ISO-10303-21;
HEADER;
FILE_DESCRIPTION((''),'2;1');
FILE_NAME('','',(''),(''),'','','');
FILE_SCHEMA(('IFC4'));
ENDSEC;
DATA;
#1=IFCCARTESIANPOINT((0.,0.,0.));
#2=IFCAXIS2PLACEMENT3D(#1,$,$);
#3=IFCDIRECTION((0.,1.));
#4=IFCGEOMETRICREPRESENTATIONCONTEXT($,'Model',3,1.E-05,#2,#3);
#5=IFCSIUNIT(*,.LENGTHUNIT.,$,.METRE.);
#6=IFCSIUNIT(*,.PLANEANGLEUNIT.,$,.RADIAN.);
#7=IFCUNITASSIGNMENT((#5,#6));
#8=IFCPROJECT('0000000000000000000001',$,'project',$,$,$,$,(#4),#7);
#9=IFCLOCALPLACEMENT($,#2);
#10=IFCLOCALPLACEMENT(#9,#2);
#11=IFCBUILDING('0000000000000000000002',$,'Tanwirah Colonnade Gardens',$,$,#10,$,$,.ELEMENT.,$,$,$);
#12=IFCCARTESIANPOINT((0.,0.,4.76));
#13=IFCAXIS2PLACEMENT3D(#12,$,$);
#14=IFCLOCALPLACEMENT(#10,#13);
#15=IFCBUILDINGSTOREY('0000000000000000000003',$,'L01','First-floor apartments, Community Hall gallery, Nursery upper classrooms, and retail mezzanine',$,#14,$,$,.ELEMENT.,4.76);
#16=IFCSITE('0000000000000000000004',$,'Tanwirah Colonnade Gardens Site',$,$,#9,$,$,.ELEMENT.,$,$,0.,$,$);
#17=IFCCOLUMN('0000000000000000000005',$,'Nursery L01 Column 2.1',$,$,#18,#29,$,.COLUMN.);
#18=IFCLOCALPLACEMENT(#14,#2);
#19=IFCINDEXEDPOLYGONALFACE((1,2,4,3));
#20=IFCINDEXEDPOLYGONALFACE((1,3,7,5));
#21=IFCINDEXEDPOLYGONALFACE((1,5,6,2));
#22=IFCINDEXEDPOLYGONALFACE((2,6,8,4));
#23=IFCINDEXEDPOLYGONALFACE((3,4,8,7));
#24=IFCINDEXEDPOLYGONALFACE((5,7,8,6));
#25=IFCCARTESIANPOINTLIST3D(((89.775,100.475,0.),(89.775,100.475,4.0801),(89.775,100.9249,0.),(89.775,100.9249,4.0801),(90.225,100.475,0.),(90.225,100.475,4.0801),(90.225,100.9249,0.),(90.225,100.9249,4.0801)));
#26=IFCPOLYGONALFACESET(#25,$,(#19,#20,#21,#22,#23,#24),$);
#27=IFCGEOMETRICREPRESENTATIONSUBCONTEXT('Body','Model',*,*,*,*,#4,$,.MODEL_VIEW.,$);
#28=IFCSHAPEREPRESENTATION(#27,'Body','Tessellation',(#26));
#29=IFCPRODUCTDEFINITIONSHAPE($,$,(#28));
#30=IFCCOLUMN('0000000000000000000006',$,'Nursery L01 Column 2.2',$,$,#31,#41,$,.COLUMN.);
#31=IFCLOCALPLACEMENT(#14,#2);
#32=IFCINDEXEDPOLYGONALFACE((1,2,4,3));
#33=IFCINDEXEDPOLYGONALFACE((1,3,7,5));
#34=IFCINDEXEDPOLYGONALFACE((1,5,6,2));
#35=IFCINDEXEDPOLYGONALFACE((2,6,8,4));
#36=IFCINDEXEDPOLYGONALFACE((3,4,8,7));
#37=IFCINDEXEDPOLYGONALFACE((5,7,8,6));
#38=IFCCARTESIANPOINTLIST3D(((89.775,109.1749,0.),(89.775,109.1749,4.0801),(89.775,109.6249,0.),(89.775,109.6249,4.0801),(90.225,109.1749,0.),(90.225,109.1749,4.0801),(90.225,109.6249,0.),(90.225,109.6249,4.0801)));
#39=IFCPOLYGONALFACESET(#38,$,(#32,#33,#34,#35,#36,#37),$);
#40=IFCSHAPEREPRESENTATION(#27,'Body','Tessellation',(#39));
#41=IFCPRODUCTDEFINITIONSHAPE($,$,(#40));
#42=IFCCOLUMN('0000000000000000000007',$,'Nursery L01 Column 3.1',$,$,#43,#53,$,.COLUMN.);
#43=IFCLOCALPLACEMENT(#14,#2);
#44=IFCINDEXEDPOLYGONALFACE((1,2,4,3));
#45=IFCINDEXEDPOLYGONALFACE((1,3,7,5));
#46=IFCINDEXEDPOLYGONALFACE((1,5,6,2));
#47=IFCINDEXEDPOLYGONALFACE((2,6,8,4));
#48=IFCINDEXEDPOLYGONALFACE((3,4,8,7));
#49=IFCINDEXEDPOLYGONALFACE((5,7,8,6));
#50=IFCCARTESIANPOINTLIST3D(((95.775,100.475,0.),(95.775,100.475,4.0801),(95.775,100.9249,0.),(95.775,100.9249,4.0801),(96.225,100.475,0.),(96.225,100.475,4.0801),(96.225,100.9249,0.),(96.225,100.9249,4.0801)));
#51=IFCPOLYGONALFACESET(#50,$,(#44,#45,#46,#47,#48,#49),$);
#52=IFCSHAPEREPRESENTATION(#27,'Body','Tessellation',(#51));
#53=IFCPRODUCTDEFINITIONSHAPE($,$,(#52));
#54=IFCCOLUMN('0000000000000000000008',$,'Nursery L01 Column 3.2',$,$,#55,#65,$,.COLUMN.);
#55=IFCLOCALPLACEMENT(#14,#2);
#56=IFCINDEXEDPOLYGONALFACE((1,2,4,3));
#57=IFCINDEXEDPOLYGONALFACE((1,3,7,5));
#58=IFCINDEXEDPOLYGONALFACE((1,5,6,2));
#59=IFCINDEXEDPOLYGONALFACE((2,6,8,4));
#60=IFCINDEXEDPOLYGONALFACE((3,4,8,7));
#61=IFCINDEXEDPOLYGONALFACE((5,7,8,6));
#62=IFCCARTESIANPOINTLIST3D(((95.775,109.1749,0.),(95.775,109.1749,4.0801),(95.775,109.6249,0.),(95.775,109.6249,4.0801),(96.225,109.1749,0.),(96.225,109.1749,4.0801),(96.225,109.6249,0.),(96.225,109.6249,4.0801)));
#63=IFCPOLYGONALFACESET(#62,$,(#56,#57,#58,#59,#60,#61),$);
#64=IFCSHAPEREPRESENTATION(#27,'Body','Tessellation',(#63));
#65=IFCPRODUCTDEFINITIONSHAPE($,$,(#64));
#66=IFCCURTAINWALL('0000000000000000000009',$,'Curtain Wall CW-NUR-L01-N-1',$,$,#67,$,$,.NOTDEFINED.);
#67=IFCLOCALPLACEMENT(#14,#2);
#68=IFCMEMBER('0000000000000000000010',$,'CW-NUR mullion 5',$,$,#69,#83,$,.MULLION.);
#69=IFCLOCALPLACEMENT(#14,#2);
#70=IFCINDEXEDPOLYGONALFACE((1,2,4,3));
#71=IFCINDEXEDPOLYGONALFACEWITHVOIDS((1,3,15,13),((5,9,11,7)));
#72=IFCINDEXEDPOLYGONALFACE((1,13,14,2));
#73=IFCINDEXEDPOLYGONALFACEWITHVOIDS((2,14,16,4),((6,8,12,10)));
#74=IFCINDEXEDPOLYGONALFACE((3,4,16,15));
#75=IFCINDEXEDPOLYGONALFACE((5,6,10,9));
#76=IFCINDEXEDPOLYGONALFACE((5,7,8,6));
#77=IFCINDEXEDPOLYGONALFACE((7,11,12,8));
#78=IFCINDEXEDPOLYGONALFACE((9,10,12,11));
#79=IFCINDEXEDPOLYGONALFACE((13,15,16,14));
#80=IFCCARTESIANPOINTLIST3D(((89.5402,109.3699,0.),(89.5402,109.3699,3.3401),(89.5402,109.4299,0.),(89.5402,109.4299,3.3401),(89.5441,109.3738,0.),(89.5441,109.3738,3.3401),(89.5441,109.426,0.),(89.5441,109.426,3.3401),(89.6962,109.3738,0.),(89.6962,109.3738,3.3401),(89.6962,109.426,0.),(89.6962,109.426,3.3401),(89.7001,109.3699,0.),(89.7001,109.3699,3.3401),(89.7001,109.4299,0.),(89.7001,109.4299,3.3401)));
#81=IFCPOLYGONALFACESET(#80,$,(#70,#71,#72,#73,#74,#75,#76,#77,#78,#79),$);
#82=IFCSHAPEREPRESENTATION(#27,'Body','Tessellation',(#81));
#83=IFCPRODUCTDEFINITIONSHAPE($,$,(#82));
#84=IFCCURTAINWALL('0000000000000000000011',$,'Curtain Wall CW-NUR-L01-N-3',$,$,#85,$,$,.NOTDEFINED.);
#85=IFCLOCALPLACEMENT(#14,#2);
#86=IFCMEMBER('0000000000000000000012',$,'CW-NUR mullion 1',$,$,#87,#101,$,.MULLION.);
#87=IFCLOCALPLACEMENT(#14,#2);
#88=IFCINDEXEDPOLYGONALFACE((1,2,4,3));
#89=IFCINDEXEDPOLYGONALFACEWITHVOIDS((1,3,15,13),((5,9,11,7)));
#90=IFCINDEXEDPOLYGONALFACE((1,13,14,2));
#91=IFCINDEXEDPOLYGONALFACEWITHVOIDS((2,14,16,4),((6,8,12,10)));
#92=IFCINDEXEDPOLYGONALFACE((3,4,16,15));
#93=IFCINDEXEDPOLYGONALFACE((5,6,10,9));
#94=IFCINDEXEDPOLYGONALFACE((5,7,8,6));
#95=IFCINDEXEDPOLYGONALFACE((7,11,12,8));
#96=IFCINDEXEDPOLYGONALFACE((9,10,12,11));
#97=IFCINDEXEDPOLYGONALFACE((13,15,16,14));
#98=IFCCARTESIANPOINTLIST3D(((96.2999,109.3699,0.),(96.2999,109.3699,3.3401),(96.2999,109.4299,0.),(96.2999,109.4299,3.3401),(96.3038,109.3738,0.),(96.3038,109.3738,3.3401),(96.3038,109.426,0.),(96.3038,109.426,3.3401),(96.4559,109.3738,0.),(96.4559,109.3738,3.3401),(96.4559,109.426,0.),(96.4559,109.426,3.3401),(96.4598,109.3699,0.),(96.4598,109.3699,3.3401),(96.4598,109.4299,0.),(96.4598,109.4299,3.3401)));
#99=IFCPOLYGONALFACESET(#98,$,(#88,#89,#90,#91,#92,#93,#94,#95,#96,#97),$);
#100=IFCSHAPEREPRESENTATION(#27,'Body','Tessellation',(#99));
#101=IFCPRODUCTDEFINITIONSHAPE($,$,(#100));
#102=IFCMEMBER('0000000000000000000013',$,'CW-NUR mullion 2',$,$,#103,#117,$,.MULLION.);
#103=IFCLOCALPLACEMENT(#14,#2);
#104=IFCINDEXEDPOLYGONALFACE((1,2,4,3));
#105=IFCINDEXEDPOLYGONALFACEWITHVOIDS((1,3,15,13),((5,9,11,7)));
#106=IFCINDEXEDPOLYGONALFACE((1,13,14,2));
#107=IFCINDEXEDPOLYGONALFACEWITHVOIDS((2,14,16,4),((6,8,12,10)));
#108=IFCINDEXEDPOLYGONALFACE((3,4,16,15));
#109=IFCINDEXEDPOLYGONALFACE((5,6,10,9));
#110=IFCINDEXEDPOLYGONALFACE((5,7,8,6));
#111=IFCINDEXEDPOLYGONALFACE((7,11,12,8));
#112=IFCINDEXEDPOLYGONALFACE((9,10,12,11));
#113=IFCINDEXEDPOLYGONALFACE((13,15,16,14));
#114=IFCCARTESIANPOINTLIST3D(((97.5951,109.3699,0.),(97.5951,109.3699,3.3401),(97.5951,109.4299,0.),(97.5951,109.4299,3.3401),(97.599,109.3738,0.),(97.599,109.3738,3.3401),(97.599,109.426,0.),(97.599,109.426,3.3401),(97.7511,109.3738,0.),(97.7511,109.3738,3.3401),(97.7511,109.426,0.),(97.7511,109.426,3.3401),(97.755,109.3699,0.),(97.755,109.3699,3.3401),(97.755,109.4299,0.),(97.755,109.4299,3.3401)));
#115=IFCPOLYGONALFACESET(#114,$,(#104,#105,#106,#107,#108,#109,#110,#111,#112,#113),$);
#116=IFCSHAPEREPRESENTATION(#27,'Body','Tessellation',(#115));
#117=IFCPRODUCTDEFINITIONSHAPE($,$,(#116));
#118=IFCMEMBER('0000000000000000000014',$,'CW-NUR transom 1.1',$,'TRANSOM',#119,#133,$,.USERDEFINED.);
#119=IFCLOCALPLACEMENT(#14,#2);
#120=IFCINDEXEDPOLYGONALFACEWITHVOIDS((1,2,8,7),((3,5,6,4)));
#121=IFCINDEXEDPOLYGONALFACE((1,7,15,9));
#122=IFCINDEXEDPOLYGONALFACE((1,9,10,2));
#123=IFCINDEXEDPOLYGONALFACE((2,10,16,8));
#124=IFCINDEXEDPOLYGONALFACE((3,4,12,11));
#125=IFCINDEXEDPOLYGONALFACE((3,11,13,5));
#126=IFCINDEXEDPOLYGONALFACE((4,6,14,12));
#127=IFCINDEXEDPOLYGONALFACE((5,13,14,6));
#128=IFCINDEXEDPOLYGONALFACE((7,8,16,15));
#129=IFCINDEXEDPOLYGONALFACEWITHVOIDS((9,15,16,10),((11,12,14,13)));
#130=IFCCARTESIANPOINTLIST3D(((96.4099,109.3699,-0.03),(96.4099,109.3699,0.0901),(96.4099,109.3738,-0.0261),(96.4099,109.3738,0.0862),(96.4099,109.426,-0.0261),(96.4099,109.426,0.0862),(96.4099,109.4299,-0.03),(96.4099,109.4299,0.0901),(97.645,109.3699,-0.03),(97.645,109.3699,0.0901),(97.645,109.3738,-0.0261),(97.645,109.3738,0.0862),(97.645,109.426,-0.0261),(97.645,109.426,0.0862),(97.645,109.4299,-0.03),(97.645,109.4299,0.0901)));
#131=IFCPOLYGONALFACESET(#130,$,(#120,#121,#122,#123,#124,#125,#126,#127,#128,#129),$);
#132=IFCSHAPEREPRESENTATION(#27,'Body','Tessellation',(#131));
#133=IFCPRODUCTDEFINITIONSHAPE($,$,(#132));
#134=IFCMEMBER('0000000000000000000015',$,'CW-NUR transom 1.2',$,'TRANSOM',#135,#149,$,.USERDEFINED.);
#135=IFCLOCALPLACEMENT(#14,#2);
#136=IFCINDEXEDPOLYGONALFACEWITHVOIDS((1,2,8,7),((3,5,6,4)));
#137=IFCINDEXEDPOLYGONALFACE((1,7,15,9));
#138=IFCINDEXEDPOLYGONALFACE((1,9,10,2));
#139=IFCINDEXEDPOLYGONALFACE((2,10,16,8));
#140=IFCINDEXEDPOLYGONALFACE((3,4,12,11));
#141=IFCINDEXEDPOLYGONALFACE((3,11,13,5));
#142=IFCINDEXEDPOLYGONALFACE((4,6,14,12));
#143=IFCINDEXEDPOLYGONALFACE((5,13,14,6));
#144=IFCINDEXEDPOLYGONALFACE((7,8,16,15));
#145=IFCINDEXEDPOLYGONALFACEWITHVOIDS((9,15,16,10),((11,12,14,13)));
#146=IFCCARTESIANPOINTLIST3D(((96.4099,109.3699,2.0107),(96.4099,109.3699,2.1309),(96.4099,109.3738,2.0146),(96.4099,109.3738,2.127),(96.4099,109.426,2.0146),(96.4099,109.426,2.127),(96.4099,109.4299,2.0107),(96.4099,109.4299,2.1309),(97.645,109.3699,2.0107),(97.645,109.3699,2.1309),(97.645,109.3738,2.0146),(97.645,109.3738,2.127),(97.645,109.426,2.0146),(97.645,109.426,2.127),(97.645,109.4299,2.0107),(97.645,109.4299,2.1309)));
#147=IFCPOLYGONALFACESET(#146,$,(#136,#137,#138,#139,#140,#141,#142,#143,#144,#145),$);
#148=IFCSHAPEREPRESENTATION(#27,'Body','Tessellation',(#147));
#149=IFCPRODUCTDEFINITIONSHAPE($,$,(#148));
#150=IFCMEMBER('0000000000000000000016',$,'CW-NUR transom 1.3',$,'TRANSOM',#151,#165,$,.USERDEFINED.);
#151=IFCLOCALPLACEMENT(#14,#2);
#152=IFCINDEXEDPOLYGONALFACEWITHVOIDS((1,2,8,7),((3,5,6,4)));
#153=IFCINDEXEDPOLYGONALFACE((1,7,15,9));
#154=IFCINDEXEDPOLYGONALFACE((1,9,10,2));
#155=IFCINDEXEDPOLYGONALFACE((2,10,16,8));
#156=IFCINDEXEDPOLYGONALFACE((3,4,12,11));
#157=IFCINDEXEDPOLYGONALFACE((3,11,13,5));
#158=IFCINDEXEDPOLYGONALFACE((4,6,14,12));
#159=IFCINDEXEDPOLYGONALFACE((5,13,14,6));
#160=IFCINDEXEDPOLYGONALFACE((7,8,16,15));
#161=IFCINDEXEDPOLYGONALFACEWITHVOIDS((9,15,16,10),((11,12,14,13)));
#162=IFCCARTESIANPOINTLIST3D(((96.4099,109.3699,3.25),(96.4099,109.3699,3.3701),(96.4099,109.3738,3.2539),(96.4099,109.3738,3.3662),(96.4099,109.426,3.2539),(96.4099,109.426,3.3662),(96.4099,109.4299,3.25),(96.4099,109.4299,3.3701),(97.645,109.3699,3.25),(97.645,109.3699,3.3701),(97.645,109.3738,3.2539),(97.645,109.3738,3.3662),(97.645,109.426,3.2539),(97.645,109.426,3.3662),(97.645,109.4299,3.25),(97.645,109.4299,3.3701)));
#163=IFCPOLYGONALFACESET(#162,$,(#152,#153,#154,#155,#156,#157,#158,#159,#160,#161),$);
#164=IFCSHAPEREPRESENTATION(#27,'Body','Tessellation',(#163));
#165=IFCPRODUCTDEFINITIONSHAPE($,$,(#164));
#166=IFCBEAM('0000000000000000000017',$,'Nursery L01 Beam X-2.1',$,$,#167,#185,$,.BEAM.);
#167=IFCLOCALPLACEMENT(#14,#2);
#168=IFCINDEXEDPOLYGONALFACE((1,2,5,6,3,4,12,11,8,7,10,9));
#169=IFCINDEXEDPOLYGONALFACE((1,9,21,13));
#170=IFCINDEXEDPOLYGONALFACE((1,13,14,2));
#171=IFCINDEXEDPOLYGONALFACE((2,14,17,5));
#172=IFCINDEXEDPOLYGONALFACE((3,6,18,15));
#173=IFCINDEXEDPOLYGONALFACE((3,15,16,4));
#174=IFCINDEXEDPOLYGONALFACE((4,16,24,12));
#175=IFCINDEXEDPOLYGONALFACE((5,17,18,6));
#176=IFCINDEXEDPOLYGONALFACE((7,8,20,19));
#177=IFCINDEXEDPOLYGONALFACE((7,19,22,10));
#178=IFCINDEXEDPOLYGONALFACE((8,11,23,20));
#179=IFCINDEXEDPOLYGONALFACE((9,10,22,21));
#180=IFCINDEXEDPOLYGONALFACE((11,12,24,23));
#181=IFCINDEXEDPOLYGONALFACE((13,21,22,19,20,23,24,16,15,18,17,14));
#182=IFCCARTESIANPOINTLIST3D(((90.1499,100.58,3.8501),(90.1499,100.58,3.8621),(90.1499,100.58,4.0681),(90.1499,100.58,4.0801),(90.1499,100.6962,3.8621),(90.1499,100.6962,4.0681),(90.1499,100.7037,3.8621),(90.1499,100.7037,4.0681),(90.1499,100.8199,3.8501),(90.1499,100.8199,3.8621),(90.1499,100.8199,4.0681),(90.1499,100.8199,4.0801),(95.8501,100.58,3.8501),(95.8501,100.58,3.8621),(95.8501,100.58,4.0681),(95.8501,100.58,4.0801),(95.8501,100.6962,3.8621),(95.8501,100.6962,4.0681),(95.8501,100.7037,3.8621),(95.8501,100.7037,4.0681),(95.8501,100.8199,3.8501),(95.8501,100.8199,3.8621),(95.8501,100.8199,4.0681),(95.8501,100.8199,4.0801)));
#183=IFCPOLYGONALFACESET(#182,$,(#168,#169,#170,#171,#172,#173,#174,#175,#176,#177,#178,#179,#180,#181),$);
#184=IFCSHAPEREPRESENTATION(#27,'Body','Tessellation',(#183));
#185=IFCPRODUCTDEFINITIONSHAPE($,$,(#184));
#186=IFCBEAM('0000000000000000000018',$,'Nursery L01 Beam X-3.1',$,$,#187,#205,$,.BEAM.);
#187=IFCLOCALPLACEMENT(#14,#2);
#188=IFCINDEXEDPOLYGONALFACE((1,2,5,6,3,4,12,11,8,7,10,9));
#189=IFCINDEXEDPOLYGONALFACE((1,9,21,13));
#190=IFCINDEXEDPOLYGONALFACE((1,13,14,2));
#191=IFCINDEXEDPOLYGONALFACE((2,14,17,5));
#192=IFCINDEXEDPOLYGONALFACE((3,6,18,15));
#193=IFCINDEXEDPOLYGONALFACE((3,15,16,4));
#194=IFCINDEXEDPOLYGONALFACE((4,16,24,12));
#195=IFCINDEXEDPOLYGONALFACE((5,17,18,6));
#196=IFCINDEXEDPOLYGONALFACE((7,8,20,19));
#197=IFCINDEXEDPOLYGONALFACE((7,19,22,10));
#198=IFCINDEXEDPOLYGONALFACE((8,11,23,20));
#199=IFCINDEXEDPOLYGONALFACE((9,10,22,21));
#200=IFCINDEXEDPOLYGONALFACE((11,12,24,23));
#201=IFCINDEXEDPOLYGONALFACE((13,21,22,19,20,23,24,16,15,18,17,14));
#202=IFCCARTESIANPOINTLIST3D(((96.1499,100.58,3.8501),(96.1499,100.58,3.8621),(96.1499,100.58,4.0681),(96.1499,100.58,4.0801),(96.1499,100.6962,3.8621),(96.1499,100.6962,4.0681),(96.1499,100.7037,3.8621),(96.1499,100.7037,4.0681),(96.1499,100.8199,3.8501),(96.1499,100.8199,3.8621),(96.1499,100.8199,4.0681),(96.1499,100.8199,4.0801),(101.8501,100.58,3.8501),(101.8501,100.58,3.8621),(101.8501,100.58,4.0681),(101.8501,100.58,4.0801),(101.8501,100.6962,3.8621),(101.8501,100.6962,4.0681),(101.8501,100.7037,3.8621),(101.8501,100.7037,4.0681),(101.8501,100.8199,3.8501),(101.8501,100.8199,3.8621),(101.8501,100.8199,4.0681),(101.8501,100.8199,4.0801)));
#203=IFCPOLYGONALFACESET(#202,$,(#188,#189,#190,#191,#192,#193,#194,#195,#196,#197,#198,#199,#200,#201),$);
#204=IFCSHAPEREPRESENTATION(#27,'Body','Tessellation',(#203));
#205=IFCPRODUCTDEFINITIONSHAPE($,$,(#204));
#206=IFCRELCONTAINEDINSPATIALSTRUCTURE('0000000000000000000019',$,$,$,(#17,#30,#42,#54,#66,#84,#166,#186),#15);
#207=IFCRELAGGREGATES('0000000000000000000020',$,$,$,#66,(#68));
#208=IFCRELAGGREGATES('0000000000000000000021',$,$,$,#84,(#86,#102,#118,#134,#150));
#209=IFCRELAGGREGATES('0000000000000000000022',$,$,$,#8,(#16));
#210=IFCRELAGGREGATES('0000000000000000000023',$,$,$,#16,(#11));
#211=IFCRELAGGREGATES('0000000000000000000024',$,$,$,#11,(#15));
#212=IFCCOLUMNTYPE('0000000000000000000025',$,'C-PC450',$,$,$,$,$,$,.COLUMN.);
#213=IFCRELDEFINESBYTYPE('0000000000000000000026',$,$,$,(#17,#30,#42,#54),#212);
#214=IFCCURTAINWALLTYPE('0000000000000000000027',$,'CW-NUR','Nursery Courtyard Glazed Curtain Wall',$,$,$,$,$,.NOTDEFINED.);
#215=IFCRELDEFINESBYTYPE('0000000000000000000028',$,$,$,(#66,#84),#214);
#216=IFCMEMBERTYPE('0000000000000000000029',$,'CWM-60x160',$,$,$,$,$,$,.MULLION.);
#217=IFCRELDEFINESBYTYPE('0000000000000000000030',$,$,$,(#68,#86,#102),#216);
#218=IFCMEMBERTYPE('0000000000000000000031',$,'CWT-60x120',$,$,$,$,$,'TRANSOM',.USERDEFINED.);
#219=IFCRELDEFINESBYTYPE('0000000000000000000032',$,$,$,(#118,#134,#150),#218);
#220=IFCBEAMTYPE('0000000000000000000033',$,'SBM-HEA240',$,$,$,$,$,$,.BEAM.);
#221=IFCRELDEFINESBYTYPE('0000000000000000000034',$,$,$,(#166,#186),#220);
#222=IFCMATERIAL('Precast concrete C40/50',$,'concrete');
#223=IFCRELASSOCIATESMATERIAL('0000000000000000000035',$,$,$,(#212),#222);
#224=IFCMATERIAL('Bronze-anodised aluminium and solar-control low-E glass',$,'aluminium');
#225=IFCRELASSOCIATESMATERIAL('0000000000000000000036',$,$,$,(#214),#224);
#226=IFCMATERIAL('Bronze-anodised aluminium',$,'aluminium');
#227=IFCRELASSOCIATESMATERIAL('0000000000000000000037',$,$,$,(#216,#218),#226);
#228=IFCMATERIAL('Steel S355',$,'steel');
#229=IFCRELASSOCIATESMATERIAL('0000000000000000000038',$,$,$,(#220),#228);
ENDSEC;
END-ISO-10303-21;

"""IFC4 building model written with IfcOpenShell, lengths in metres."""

from ifc_helpers import new_model, si_unit, direction, frame, origin, origin_2d, place, context, subcontext, project, spatial, rectangle, hollow_rectangle, i_section, extrude, material, material_profile, profile_set, type_object, element, aggregate, save


model = new_model("IFC4")

# Units and contexts
model_context = context("Model", 3, precision=1e-05, world=origin(), true_north=direction((0.0, 1.0)))
body_context = subcontext(model_context, "Body", "Model", "MODEL_VIEW")
ifc_project = project(units=[si_unit("LENGTHUNIT", "METRE"), si_unit("PLANEANGLEUNIT", "RADIAN")], contexts=[model_context])

# Site, building, storey
site_placement = place(None, origin())
site = spatial("IfcSite", under=ifc_project, at=site_placement, Name="Tanwirah Colonnade Gardens Site", CompositionType="ELEMENT", RefElevation=0.0)
building_placement = place(site_placement, origin())
building = spatial("IfcBuilding", under=site, at=building_placement, Name="Tanwirah Colonnade Gardens", CompositionType="ELEMENT")
storey_placement = place(building_placement, frame((0.0, 0.0, 4.76)))
storey = spatial("IfcBuildingStorey", under=building, at=storey_placement, Name="L01", Description="First-floor apartments, Community Hall gallery, Nursery upper classrooms, and retail mezzanine", CompositionType="ELEMENT", Elevation=4.76)

# Columns
ifc_material_1 = material(Name="Precast concrete C40/50", Category="concrete")
ifc_material_profile_1 = material_profile(ifc_material_1, rectangle(XDim=0.45, YDim=0.45, at=origin_2d()), Name="PC-COL 450x450")
ifc_profile_set_1 = profile_set([ifc_material_profile_1], Name="Precast concrete C40/50")
column_type = type_object("IfcColumnType", Name="C-PC450", PredefinedType="COLUMN", material=ifc_profile_set_1)
for number, where, z_axis, x_axis, name in (
    (1, (90.0, 100.7, 0.0), (0.0, 0.0, 1.0), (1.0, 0.0, 0.0), "Nursery L01 Column 2.1"),
    (2, (90.0, 109.3999, 0.0), (0.0, 0.0, 1.0), (1.0, 0.0, 0.0), "Nursery L01 Column 2.2"),
    (3, (96.0, 100.7, 0.0), (0.0, 0.0, 1.0), (1.0, 0.0, 0.0), "Nursery L01 Column 3.1"),
    (4, (96.0, 109.3999, 0.0), (0.0, 0.0, 1.0), (1.0, 0.0, 0.0), "Nursery L01 Column 3.2"),
):
    element("IfcColumn", number, at=place(storey_placement, frame(where, z_axis=z_axis, x_axis=x_axis)), inside=storey, type_object=column_type, Name=name, PredefinedType="COLUMN", context=body_context, shape_type="SweptSolid", body=[
        extrude(rectangle(XDim=0.45, YDim=0.45, at=origin_2d()), origin(), (0.0, 0.0, 1.0), 4.0801),
    ])

# Curtain wall, member
ifc_material_2 = material(Name="Bronze-anodised aluminium and solar-control low-E glass", Category="aluminium")
curtain_wall_type = type_object("IfcCurtainWallType", Name="CW-NUR", Description="Nursery Courtyard Glazed Curtain Wall", PredefinedType="NOTDEFINED", material=ifc_material_2)
curtain_wall_1_placement = place(storey_placement, origin())
curtain_wall_1 = element("IfcCurtainWall", 5, at=curtain_wall_1_placement, inside=storey, type_object=curtain_wall_type, Name="Curtain Wall CW-NUR-L01-N-1", PredefinedType="NOTDEFINED")
ifc_material_3 = material(Name="Bronze-anodised aluminium", Category="aluminium")
ifc_material_profile_2 = material_profile(ifc_material_3, hollow_rectangle(XDim=0.0601, YDim=0.1599, WallThickness=0.0039, at=origin_2d()), Name="CW-MUL 60x160x4")
ifc_profile_set_2 = profile_set([ifc_material_profile_2], Name="Bronze-anodised aluminium")
member_type_1 = type_object("IfcMemberType", Name="CWM-60x160", PredefinedType="MULLION", material=ifc_profile_set_2)
member_1_placement = place(storey_placement, frame((89.6201, 109.3999, 0.0), z_axis=(0.0, 0.0, 1.0), x_axis=(0.0, 1.0, 0.0)))
member_1 = element("IfcMember", 6, at=member_1_placement, type_object=member_type_1, Name="CW-NUR mullion 5", PredefinedType="MULLION", context=body_context, shape_type="SweptSolid", body=[
    extrude(hollow_rectangle(XDim=0.0601, YDim=0.1599, WallThickness=0.0039, at=origin_2d()), origin(), (0.0, 0.0, 1.0), 3.3401),
])

# Curtain wall, members
curtain_wall_2_placement = place(storey_placement, origin())
curtain_wall_2 = element("IfcCurtainWall", 7, at=curtain_wall_2_placement, inside=storey, type_object=curtain_wall_type, Name="Curtain Wall CW-NUR-L01-N-3", PredefinedType="NOTDEFINED")
member_2_placement = place(storey_placement, frame((96.3799, 109.3999, 0.0), z_axis=(0.0, 0.0, 1.0), x_axis=(0.0, 1.0, 0.0)))
member_2 = element("IfcMember", 8, at=member_2_placement, type_object=member_type_1, Name="CW-NUR mullion 1", PredefinedType="MULLION", context=body_context, shape_type="SweptSolid", body=[
    extrude(hollow_rectangle(XDim=0.0601, YDim=0.1599, WallThickness=0.0039, at=origin_2d()), origin(), (0.0, 0.0, 1.0), 3.3401),
])
member_3_placement = place(storey_placement, frame((97.675, 109.3999, 0.0), z_axis=(0.0, 0.0, 1.0), x_axis=(0.0, 1.0, 0.0)))
member_3 = element("IfcMember", 9, at=member_3_placement, type_object=member_type_1, Name="CW-NUR mullion 2", PredefinedType="MULLION", context=body_context, shape_type="SweptSolid", body=[
    extrude(hollow_rectangle(XDim=0.0601, YDim=0.1599, WallThickness=0.0039, at=origin_2d()), origin(), (0.0, 0.0, 1.0), 3.3401),
])
ifc_material_profile_3 = material_profile(ifc_material_3, hollow_rectangle(XDim=0.0601, YDim=0.1201, WallThickness=0.0039, at=origin_2d()), Name="CW-TRN 60x120x4")
ifc_profile_set_3 = profile_set([ifc_material_profile_3], Name="Bronze-anodised aluminium")
member_type_2 = type_object("IfcMemberType", Name="CWT-60x120", ElementType="TRANSOM", PredefinedType="USERDEFINED", material=ifc_profile_set_3)
member_4_placement = place(storey_placement, frame((96.4099, 109.3999, 0.03), z_axis=(1.0, 0.0, 0.0), x_axis=(0.0, 1.0, 0.0)))
member_4 = element("IfcMember", 10, at=member_4_placement, type_object=member_type_2, Name="CW-NUR transom 1.1", ObjectType="TRANSOM", PredefinedType="USERDEFINED", context=body_context, shape_type="SweptSolid", body=[
    extrude(hollow_rectangle(XDim=0.0601, YDim=0.1201, WallThickness=0.0039, at=origin_2d()), origin(), (0.0, 0.0, 1.0), 1.2351),
])
member_5_placement = place(storey_placement, frame((96.4099, 109.3999, 2.0708), z_axis=(1.0, 0.0, 0.0), x_axis=(0.0, 1.0, 0.0)))
member_5 = element("IfcMember", 11, at=member_5_placement, type_object=member_type_2, Name="CW-NUR transom 1.2", ObjectType="TRANSOM", PredefinedType="USERDEFINED", context=body_context, shape_type="SweptSolid", body=[
    extrude(hollow_rectangle(XDim=0.0601, YDim=0.1201, WallThickness=0.0039, at=origin_2d()), origin(), (0.0, 0.0, 1.0), 1.2351),
])
member_6_placement = place(storey_placement, frame((96.4099, 109.3999, 3.3101), z_axis=(1.0, 0.0, 0.0), x_axis=(0.0, 1.0, 0.0)))
member_6 = element("IfcMember", 12, at=member_6_placement, type_object=member_type_2, Name="CW-NUR transom 1.3", ObjectType="TRANSOM", PredefinedType="USERDEFINED", context=body_context, shape_type="SweptSolid", body=[
    extrude(hollow_rectangle(XDim=0.0601, YDim=0.1201, WallThickness=0.0039, at=origin_2d()), origin(), (0.0, 0.0, 1.0), 1.2351),
])

# Beams
ifc_material_4 = material(Name="Steel S355", Category="steel")
ifc_material_profile_4 = material_profile(ifc_material_4, i_section(OverallWidth=0.24, OverallDepth=0.23, WebThickness=0.0076, FlangeThickness=0.012, at=origin_2d()), Name="HEA 240")
ifc_profile_set_4 = profile_set([ifc_material_profile_4], Name="Steel S355")
beam_type = type_object("IfcBeamType", Name="SBM-HEA240", PredefinedType="BEAM", material=ifc_profile_set_4)
for number, where, z_axis, x_axis, name in (
    (13, (90.1499, 100.7, 3.9651), (1.0, 0.0, 0.0), (0.0, 1.0, 0.0), "Nursery L01 Beam X-2.1"),
    (14, (96.1499, 100.7, 3.9651), (1.0, 0.0, 0.0), (0.0, 1.0, 0.0), "Nursery L01 Beam X-3.1"),
):
    element("IfcBeam", number, at=place(storey_placement, frame(where, z_axis=z_axis, x_axis=x_axis)), inside=storey, type_object=beam_type, Name=name, PredefinedType="BEAM", context=body_context, shape_type="SweptSolid", body=[
        extrude(i_section(OverallWidth=0.24, OverallDepth=0.23, WebThickness=0.0076, FlangeThickness=0.012, at=origin_2d()), origin(), (0.0, 0.0, 1.0), 5.7002),
    ])

aggregate(curtain_wall_1, [member_1])
aggregate(curtain_wall_2, [member_2, member_3, member_4, member_5, member_6])

save(model, "model.ifc")
